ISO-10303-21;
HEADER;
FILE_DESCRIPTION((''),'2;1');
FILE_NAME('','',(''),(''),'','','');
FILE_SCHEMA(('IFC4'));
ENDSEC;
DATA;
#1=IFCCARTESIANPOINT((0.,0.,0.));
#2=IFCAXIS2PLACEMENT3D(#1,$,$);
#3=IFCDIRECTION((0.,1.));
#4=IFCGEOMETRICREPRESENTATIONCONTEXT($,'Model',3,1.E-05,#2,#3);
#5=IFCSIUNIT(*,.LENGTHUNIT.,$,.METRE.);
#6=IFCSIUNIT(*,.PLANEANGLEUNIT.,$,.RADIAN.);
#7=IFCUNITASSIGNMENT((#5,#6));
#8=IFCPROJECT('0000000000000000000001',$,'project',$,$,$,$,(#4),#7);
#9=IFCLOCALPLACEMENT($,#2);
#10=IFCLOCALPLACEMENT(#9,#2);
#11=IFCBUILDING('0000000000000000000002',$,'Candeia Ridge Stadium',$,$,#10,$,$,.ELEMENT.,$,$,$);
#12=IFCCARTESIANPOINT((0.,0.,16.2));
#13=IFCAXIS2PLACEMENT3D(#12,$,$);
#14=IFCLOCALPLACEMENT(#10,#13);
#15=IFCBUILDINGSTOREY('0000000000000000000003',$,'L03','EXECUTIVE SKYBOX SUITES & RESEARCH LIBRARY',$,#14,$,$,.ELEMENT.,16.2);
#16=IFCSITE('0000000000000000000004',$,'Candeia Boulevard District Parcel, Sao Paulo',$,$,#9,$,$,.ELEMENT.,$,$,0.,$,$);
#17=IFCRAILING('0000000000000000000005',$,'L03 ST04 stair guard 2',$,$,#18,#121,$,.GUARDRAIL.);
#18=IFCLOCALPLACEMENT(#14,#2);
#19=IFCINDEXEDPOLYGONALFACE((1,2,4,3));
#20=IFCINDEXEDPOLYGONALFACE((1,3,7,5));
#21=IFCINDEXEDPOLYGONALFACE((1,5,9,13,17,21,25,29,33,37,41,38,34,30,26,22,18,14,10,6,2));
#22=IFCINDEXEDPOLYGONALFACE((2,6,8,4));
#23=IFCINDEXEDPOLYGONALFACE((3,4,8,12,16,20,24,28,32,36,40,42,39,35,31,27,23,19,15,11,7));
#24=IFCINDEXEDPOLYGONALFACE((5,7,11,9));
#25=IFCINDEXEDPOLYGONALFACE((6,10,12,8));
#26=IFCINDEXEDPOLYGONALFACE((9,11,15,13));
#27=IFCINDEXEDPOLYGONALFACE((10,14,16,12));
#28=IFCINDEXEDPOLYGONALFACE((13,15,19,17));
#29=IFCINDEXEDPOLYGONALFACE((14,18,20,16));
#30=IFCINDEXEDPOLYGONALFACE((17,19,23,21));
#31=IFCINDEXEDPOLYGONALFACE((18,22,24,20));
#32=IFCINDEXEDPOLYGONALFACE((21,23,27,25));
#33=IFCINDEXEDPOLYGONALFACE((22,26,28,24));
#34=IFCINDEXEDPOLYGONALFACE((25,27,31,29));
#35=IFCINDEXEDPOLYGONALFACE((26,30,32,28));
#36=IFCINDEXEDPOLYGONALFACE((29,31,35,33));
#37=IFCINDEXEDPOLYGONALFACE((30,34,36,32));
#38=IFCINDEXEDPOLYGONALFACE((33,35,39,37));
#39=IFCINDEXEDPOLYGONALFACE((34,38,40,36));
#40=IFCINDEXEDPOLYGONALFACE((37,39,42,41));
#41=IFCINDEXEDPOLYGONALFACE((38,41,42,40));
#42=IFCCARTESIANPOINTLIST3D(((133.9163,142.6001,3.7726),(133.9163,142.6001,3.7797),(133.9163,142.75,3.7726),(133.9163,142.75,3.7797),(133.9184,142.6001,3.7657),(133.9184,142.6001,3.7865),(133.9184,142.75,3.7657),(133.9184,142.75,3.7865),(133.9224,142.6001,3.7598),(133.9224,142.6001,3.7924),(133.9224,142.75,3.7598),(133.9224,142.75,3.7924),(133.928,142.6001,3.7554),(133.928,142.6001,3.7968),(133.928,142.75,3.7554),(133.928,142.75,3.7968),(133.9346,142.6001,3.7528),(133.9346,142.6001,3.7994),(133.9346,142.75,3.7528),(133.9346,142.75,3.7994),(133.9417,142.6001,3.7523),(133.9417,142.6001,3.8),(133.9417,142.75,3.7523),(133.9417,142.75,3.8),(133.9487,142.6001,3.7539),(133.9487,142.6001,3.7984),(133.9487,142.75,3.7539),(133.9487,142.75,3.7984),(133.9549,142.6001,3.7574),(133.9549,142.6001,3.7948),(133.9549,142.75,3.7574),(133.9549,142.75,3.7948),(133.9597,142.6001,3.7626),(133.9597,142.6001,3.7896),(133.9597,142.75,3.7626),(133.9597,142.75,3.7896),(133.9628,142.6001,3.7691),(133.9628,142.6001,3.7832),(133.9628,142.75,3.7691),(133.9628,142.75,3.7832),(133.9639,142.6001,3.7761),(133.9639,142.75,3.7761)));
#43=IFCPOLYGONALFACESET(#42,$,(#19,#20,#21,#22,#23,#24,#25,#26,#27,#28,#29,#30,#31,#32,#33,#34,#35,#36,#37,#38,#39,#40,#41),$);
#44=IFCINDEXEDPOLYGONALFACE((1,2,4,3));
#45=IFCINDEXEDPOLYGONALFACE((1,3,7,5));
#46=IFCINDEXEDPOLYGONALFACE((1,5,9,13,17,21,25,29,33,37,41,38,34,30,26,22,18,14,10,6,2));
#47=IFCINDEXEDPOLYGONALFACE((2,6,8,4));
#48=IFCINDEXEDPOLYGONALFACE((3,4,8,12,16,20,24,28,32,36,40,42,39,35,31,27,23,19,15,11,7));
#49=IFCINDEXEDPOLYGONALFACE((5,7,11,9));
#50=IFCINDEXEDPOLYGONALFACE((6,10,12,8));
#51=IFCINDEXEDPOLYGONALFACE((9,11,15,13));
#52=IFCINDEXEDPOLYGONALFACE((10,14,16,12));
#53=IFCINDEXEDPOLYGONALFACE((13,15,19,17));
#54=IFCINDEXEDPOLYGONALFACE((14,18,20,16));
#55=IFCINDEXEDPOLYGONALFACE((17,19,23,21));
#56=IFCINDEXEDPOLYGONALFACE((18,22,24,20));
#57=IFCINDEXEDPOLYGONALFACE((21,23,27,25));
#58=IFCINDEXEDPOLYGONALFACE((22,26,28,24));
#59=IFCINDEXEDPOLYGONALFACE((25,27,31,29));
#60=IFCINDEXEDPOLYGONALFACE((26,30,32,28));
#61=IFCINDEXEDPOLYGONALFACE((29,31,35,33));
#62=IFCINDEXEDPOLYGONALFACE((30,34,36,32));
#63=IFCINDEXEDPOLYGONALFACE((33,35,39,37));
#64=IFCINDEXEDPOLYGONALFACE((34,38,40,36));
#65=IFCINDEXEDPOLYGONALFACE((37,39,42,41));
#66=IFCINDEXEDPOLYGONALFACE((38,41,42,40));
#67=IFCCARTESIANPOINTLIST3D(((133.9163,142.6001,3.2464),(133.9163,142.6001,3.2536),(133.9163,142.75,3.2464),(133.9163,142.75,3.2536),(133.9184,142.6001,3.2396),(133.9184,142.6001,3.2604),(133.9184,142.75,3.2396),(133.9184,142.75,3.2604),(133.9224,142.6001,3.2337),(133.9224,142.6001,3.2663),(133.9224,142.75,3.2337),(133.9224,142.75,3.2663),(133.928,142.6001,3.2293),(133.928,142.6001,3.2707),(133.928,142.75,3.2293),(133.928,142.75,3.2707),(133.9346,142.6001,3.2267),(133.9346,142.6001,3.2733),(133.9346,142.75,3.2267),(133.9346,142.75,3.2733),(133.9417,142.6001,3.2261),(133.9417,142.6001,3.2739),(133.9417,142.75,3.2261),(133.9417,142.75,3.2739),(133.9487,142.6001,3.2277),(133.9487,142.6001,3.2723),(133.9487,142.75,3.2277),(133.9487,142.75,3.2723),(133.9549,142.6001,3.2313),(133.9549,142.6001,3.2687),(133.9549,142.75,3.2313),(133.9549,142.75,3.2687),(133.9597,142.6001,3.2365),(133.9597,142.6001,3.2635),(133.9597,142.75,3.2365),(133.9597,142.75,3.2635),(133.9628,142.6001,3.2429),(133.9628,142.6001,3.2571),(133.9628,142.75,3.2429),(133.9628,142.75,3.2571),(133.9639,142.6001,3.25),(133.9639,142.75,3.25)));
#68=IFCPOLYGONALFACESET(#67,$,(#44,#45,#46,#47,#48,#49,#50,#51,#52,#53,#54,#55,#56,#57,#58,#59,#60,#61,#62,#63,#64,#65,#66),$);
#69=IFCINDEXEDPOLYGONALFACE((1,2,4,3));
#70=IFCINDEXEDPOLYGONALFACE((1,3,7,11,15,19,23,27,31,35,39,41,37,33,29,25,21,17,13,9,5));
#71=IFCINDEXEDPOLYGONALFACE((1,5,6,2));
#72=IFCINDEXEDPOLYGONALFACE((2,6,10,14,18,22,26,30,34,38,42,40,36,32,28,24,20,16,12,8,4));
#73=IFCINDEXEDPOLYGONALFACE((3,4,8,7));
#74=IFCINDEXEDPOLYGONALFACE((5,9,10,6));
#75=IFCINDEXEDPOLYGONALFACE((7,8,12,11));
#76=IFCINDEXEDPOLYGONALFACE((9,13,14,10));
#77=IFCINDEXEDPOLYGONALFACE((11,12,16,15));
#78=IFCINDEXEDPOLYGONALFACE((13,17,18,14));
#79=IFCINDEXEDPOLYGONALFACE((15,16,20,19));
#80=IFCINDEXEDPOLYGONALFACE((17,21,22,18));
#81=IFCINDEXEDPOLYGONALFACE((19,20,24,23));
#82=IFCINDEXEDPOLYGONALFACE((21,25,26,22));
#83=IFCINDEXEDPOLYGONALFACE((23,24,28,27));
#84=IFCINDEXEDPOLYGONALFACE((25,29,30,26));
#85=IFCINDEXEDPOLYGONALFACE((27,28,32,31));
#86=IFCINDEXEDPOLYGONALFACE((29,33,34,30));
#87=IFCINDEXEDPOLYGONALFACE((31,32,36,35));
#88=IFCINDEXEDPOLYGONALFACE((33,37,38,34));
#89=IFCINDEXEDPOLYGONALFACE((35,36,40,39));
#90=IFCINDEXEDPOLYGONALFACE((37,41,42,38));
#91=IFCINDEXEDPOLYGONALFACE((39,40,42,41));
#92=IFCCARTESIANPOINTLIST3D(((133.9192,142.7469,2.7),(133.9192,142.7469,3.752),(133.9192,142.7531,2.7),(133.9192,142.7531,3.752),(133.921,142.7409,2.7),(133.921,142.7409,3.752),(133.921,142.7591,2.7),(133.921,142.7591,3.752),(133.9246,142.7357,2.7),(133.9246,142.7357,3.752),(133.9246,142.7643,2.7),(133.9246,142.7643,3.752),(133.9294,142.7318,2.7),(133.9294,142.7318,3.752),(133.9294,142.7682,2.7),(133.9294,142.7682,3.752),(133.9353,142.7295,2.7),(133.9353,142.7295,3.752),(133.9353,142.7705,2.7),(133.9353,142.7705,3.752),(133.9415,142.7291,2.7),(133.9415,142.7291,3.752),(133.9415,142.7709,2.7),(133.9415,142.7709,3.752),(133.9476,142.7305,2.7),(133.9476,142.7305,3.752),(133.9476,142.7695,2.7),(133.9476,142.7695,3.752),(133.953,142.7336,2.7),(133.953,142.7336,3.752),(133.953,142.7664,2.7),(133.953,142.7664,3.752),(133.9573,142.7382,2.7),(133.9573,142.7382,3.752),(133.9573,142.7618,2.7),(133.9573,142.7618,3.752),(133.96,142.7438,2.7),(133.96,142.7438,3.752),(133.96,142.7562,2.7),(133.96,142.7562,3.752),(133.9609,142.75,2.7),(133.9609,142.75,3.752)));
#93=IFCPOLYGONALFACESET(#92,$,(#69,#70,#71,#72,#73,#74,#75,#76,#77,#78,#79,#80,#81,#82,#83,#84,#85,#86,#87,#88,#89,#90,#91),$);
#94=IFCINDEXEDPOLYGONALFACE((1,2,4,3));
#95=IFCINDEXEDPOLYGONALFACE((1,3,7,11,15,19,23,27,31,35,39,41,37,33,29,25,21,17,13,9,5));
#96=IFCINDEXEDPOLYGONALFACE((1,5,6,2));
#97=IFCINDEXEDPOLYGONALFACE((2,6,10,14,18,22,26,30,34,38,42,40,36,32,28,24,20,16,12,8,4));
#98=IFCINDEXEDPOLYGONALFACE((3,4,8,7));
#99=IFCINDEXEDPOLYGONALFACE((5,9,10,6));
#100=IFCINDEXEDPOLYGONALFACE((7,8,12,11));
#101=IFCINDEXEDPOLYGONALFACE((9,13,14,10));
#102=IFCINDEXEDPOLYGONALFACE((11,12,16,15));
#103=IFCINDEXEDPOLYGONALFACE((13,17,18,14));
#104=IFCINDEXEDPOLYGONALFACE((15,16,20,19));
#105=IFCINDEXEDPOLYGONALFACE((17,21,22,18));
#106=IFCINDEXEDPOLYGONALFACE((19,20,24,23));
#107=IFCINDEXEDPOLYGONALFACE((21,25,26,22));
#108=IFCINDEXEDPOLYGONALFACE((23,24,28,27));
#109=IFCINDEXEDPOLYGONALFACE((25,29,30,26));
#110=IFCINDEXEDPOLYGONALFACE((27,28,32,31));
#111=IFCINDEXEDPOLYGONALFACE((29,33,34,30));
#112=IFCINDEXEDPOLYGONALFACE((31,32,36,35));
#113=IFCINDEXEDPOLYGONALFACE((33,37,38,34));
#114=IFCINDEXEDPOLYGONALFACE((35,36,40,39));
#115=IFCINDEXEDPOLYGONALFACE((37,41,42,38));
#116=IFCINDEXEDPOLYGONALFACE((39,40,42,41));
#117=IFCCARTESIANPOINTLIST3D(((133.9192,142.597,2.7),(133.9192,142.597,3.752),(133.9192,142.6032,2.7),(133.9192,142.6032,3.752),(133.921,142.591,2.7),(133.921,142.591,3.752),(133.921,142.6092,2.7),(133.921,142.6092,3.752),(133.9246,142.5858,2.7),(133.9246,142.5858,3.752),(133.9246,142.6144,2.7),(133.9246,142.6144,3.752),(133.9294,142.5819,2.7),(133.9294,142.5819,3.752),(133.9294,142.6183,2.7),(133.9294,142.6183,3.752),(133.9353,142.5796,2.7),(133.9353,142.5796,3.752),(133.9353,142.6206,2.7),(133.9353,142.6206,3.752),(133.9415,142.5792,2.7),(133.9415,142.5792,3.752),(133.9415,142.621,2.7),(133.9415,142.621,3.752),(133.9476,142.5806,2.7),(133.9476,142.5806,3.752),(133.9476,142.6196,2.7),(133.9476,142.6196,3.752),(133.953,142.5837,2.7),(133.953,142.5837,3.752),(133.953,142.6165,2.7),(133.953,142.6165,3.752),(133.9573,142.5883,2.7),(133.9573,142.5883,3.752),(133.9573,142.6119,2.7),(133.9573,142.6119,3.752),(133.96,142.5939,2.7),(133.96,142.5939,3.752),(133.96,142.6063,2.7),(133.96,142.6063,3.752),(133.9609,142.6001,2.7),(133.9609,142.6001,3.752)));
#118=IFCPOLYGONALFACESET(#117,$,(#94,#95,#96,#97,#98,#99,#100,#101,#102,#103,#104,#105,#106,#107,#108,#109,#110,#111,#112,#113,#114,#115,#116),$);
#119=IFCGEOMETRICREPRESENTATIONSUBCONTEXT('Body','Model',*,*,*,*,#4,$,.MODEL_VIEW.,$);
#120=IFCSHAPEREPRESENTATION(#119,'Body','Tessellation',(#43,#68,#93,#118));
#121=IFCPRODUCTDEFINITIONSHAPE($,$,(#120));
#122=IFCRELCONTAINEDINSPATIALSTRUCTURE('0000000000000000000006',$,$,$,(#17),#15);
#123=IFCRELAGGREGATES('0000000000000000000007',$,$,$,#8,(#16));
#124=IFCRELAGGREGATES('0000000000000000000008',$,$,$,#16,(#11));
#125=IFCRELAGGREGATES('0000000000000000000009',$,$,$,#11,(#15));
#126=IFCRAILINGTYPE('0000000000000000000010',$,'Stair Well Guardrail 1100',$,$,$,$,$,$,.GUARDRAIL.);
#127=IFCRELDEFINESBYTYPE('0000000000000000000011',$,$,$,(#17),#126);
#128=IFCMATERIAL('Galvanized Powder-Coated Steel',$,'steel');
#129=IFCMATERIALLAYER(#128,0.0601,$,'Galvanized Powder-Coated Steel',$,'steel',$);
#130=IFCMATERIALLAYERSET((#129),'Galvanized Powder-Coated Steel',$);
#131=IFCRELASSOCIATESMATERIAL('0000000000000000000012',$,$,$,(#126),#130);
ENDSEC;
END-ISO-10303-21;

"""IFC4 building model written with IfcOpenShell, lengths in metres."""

from ifc_helpers import new_model, si_unit, direction, frame, origin, origin_2d, place, context, subcontext, project, spatial, circle, extrude, material, layer, layer_set, type_object, element, save


model = new_model("IFC4")

# Units and contexts
model_context = context("Model", 3, precision=1e-05, world=origin(), true_north=direction((0.0, 1.0)))
body_context = subcontext(model_context, "Body", "Model", "MODEL_VIEW")
ifc_project = project(units=[si_unit("LENGTHUNIT", "METRE"), si_unit("PLANEANGLEUNIT", "RADIAN")], contexts=[model_context])

# Site, building, storey
site_placement = place(None, origin())
site = spatial("IfcSite", under=ifc_project, at=site_placement, Name="Candeia Boulevard District Parcel, Sao Paulo", CompositionType="ELEMENT", RefElevation=0.0)
building_placement = place(site_placement, origin())
building = spatial("IfcBuilding", under=site, at=building_placement, Name="Candeia Ridge Stadium", CompositionType="ELEMENT")
storey_placement = place(building_placement, frame((0.0, 0.0, 16.2)))
storey = spatial("IfcBuildingStorey", under=building, at=storey_placement, Name="L03", Description="EXECUTIVE SKYBOX SUITES & RESEARCH LIBRARY", CompositionType="ELEMENT", Elevation=16.2)

# Railing
ifc_material_1 = material(Name="Galvanized Powder-Coated Steel", Category="steel")
ifc_layer_1 = layer(ifc_material_1, 0.0601, Name="Galvanized Powder-Coated Steel", Category="steel")
ifc_layer_set_1 = layer_set([ifc_layer_1], Name="Galvanized Powder-Coated Steel")
railing_type_1 = type_object("IfcRailingType", Name="Stair Well Guardrail 1100", PredefinedType="GUARDRAIL", material=ifc_layer_set_1)
railing_1_placement = place(storey_placement, frame((133.9399, 142.75, 2.7)))
element("IfcRailing", 1, at=railing_1_placement, inside=storey, type_object=railing_type_1, Name="L03 ST04 stair guard 2", PredefinedType="GUARDRAIL", context=body_context, shape_type="SweptSolid", body=[
    extrude(circle(Radius=0.0239, at=origin_2d()), frame((0.0, 0.0, 1.0762), z_axis=(0.0, -1.0, 0.0), x_axis=(1.0, 0.0, 0.0)), (0.0, 0.0, 1.0), 0.1499),
    extrude(circle(Radius=0.0239, at=origin_2d()), frame((0.0, 0.0, 0.55), z_axis=(0.0, -1.0, 0.0), x_axis=(1.0, 0.0, 0.0)), (0.0, 0.0, 1.0), 0.1499),
    extrude(circle(Radius=0.021, at=origin_2d()), origin(), (0.0, 0.0, 1.0), 1.052),
    extrude(circle(Radius=0.021, at=origin_2d()), frame((0.0, -0.1499, 0.0)), (0.0, 0.0, 1.0), 1.052),
])

save(model, "model.ifc")
